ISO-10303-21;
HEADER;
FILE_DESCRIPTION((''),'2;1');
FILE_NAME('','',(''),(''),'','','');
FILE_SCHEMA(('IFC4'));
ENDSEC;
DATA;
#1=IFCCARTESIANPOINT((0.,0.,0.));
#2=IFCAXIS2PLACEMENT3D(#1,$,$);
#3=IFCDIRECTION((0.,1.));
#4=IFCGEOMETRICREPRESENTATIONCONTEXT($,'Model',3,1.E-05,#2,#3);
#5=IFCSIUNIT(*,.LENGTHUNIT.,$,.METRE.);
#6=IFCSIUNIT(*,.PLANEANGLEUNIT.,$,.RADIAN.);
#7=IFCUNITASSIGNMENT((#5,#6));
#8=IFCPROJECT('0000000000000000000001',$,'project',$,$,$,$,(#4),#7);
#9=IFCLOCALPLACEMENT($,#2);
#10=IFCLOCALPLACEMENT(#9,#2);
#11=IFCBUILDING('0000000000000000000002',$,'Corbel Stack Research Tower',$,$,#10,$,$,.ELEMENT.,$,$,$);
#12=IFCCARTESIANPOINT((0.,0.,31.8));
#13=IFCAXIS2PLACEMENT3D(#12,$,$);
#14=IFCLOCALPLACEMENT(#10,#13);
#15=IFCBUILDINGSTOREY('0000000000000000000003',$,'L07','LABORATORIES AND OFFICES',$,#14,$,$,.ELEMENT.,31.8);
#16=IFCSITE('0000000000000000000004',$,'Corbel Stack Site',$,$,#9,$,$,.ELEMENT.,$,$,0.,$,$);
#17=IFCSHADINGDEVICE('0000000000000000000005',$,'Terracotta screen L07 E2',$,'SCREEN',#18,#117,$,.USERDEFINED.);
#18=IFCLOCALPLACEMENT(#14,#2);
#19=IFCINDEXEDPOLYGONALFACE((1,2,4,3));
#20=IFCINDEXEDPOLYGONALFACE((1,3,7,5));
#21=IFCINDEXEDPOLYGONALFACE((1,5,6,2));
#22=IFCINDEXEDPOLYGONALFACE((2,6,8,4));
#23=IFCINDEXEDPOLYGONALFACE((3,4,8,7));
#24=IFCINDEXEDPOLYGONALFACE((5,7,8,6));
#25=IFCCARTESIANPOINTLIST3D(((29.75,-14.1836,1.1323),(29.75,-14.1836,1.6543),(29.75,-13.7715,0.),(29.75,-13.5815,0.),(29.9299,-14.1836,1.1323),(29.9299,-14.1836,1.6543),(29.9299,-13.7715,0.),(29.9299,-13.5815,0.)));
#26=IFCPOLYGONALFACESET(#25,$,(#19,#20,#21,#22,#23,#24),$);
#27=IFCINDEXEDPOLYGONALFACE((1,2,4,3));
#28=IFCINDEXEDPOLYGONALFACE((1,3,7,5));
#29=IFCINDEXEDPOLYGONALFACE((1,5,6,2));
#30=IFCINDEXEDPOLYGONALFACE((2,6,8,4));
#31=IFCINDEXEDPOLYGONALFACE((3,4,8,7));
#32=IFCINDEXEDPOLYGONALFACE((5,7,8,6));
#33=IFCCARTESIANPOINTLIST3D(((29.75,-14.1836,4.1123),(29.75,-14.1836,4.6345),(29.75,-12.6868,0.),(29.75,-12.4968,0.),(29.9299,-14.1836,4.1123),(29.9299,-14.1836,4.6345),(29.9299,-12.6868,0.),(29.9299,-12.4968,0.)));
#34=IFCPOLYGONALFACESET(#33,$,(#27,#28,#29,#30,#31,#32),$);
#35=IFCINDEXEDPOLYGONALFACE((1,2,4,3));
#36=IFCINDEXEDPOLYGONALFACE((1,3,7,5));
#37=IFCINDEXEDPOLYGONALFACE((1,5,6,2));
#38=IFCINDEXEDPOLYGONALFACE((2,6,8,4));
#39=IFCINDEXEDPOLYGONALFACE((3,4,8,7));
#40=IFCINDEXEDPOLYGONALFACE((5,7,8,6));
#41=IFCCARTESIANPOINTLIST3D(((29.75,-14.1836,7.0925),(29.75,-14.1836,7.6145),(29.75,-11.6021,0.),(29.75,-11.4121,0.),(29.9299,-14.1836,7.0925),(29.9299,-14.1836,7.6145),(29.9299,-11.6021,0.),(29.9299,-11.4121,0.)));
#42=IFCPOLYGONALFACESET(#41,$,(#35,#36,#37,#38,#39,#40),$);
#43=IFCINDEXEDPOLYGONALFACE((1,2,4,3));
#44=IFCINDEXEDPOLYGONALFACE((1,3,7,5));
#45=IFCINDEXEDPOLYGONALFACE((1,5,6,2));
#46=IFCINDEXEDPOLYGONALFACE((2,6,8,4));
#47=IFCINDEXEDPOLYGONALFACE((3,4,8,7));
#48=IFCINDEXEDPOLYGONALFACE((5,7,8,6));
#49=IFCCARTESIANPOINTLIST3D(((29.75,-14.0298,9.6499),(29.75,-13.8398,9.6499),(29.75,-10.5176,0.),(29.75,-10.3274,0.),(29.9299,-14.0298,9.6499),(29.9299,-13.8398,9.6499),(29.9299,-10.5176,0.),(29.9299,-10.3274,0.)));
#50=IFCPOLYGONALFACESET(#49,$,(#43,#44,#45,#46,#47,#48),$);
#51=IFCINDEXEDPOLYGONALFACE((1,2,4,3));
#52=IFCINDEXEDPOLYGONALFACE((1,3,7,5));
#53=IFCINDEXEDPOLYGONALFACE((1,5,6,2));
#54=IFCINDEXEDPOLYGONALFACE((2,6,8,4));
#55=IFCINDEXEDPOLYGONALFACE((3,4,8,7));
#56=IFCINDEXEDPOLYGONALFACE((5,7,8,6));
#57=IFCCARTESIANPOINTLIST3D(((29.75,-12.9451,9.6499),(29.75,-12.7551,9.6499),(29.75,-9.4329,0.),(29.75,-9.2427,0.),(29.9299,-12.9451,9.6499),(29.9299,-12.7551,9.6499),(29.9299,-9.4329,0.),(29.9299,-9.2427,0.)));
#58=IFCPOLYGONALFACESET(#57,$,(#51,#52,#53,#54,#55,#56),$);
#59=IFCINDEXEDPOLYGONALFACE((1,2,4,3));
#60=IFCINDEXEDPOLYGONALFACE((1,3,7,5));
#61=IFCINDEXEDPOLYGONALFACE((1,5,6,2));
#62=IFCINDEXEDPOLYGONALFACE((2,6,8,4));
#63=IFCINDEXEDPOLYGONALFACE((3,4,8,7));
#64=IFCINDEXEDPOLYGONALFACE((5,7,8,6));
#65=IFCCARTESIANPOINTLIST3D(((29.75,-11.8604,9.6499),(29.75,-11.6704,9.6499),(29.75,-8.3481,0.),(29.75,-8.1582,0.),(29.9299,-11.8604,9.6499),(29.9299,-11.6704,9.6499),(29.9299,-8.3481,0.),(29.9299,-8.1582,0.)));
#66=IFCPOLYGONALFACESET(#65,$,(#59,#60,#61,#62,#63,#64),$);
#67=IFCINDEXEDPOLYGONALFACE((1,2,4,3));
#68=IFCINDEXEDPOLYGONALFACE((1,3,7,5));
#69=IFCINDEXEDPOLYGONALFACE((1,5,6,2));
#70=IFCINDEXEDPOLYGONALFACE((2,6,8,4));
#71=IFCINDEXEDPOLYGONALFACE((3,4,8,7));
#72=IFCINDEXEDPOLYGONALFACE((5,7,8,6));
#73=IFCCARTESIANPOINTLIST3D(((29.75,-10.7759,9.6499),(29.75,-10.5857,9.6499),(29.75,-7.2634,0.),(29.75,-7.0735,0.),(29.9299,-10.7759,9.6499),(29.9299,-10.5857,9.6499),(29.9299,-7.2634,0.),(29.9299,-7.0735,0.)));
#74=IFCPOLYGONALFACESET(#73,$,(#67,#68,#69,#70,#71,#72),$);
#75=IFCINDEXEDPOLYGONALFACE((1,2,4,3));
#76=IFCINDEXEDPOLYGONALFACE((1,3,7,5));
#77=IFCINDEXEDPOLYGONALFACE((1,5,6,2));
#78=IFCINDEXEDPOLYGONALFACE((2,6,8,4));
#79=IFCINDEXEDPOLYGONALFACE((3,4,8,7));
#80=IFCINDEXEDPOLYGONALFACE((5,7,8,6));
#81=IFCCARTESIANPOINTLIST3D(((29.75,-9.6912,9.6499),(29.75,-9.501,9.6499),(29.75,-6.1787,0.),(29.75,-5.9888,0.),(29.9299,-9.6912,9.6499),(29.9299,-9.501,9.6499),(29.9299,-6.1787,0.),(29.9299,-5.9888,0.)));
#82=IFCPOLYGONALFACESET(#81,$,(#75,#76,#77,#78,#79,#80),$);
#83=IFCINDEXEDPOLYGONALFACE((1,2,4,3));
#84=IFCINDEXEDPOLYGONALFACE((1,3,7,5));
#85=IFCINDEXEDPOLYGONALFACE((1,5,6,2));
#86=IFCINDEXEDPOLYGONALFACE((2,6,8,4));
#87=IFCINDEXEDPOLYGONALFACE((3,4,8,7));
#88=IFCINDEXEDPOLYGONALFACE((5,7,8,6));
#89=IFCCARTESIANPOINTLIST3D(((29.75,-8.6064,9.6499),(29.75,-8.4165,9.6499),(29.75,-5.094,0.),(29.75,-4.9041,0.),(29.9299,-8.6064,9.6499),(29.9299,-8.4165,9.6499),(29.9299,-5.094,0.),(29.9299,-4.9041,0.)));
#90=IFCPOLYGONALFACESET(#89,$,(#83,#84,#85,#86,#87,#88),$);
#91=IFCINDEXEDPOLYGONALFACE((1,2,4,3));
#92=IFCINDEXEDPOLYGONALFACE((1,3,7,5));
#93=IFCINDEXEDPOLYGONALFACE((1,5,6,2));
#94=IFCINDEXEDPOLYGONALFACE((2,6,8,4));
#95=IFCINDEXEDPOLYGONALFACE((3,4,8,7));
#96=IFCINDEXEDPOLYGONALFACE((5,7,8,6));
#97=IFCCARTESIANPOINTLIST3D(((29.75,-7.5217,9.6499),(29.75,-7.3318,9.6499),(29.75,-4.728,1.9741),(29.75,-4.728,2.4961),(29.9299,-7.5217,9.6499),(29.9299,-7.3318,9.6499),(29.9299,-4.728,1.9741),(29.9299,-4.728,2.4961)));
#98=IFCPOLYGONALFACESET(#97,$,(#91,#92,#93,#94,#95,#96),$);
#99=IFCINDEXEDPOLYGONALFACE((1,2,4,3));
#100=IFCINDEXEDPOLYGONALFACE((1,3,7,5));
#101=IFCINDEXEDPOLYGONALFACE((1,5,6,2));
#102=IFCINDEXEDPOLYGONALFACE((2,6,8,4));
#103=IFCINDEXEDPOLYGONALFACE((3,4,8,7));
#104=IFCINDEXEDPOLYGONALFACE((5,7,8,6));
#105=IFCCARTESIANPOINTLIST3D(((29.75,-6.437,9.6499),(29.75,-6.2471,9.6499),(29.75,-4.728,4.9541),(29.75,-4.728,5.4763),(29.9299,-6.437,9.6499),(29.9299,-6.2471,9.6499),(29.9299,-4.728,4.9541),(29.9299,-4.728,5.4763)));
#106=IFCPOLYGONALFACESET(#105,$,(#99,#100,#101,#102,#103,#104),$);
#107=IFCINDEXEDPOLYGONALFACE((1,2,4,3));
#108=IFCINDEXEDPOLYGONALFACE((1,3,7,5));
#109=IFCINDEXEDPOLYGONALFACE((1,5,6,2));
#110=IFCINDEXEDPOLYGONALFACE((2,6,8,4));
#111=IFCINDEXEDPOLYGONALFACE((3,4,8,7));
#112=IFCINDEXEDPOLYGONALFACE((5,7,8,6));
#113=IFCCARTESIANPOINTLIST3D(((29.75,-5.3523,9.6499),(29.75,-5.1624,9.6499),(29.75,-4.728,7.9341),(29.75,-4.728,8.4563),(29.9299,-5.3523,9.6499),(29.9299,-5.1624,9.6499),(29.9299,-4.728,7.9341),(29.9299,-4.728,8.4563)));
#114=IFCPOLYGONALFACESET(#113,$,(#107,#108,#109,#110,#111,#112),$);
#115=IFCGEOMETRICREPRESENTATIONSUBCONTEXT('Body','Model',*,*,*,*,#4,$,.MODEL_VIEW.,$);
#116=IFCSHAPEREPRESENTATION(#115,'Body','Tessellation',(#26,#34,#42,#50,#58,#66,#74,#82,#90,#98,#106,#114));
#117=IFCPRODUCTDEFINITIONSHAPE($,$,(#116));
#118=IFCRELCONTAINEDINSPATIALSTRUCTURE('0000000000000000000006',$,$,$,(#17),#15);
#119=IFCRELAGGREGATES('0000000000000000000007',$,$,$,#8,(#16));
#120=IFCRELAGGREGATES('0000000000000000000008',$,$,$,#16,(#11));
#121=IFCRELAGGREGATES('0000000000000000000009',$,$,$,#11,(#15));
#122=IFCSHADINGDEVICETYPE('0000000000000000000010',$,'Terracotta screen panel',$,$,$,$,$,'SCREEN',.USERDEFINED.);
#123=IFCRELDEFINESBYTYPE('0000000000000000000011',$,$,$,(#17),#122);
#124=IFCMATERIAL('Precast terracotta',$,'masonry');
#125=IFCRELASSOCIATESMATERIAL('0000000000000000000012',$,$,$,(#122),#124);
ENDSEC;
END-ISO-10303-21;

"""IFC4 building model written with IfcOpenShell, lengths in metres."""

from ifc_helpers import new_model, si_unit, direction, frame, origin, place, context, subcontext, project, spatial, polyline, outline, extrude, source, transform, mapped, material, type_object, element, save


model = new_model("IFC4")

# Units and contexts
model_context = context("Model", 3, precision=1e-05, world=origin(), true_north=direction((0.0, 1.0)))
body_context = subcontext(model_context, "Body", "Model", "MODEL_VIEW")
ifc_project = project(units=[si_unit("LENGTHUNIT", "METRE"), si_unit("PLANEANGLEUNIT", "RADIAN")], contexts=[model_context])

# Site, building, storey
site_placement = place(None, origin())
site = spatial("IfcSite", under=ifc_project, at=site_placement, Name="Corbel Stack Site", CompositionType="ELEMENT", RefElevation=0.0)
building_placement = place(site_placement, origin())
building = spatial("IfcBuilding", under=site, at=building_placement, Name="Corbel Stack Research Tower", CompositionType="ELEMENT")
storey_placement = place(building_placement, frame((0.0, 0.0, 31.8)))
storey = spatial("IfcBuildingStorey", under=building, at=storey_placement, Name="L07", Description="LABORATORIES AND OFFICES", CompositionType="ELEMENT", Elevation=31.8)

# Shading device
ifc_material_1 = material(Name="Precast terracotta", Category="masonry")
shading_device_type = type_object("IfcShadingDeviceType", Name="Terracotta screen panel", ElementType="SCREEN", PredefinedType="USERDEFINED", material=ifc_material_1)
shared_shape_1 = source(origin(), body_context, "Body", "SweptSolid", [
    extrude(outline(polyline([(0.6021, 0.0), (0.0, 1.6543), (0.0, 1.1323), (0.4121, 0.0), (0.6021, 0.0)])), frame((0.0, 0.0, 0.0), z_axis=(0.0, -1.0, 0.0), x_axis=(1.0, 0.0, 0.0)), (0.0, 0.0, 1.0), 0.1799),
    extrude(outline(polyline([(1.6868, 0.0), (0.0, 4.6345), (0.0, 4.1123), (1.4968, 0.0), (1.6868, 0.0)])), frame((0.0, 0.0, 0.0), z_axis=(0.0, -1.0, 0.0), x_axis=(1.0, 0.0, 0.0)), (0.0, 0.0, 1.0), 0.1799),
    extrude(outline(polyline([(2.7715, 0.0), (0.0, 7.6145), (0.0, 7.0925), (2.5815, 0.0), (2.7715, 0.0)])), frame((0.0, 0.0, 0.0), z_axis=(0.0, -1.0, 0.0), x_axis=(1.0, 0.0, 0.0)), (0.0, 0.0, 1.0), 0.1799),
    extrude(outline(polyline([(3.8562, 0.0), (0.3438, 9.6499), (0.1538, 9.6499), (3.666, 0.0), (3.8562, 0.0)])), frame((0.0, 0.0, 0.0), z_axis=(0.0, -1.0, 0.0), x_axis=(1.0, 0.0, 0.0)), (0.0, 0.0, 1.0), 0.1799),
    extrude(outline(polyline([(4.9409, 0.0), (1.4285, 9.6499), (1.2385, 9.6499), (4.7507, 0.0), (4.9409, 0.0)])), frame((0.0, 0.0, 0.0), z_axis=(0.0, -1.0, 0.0), x_axis=(1.0, 0.0, 0.0)), (0.0, 0.0, 1.0), 0.1799),
    extrude(outline(polyline([(6.0254, 0.0), (2.5132, 9.6499), (2.3232, 9.6499), (5.8354, 0.0), (6.0254, 0.0)])), frame((0.0, 0.0, 0.0), z_axis=(0.0, -1.0, 0.0), x_axis=(1.0, 0.0, 0.0)), (0.0, 0.0, 1.0), 0.1799),
    extrude(outline(polyline([(7.1101, 0.0), (3.5979, 9.6499), (3.4077, 9.6499), (6.9202, 0.0), (7.1101, 0.0)])), frame((0.0, 0.0, 0.0), z_axis=(0.0, -1.0, 0.0), x_axis=(1.0, 0.0, 0.0)), (0.0, 0.0, 1.0), 0.1799),
    extrude(outline(polyline([(8.1948, 0.0), (4.6826, 9.6499), (4.4924, 9.6499), (8.0049, 0.0), (8.1948, 0.0)])), frame((0.0, 0.0, 0.0), z_axis=(0.0, -1.0, 0.0), x_axis=(1.0, 0.0, 0.0)), (0.0, 0.0, 1.0), 0.1799),
    extrude(outline(polyline([(9.2795, 0.0), (5.7671, 9.6499), (5.5771, 9.6499), (9.0896, 0.0), (9.2795, 0.0)])), frame((0.0, 0.0, 0.0), z_axis=(0.0, -1.0, 0.0), x_axis=(1.0, 0.0, 0.0)), (0.0, 0.0, 1.0), 0.1799),
    extrude(outline(polyline([(6.8518, 9.6499), (6.6619, 9.6499), (9.4556, 1.9741), (9.4556, 2.4961), (6.8518, 9.6499)])), frame((0.0, 0.0, 0.0), z_axis=(0.0, -1.0, 0.0), x_axis=(1.0, 0.0, 0.0)), (0.0, 0.0, 1.0), 0.1799),
    extrude(outline(polyline([(7.9365, 9.6499), (7.7466, 9.6499), (9.4556, 4.9541), (9.4556, 5.4763), (7.9365, 9.6499)])), frame((0.0, 0.0, 0.0), z_axis=(0.0, -1.0, 0.0), x_axis=(1.0, 0.0, 0.0)), (0.0, 0.0, 1.0), 0.1799),
    extrude(outline(polyline([(9.0212, 9.6499), (8.8313, 9.6499), (9.4556, 7.9341), (9.4556, 8.4563), (9.0212, 9.6499)])), frame((0.0, 0.0, 0.0), z_axis=(0.0, -1.0, 0.0), x_axis=(1.0, 0.0, 0.0)), (0.0, 0.0, 1.0), 0.1799),
])
shading_device_1_placement = place(storey_placement, frame((29.75, -14.1836, 0.0), z_axis=(0.0, 0.0, 1.0), x_axis=(0.0, 1.0, 0.0)))
element("IfcShadingDevice", 1, at=shading_device_1_placement, inside=storey, type_object=shading_device_type, Name="Terracotta screen L07 E2", ObjectType="SCREEN", PredefinedType="USERDEFINED", context=body_context, shape_type="MappedRepresentation", body=[
    mapped(shared_shape_1, transform((0.0, 0.0, 0.0))),
])

save(model, "model.ifc")
